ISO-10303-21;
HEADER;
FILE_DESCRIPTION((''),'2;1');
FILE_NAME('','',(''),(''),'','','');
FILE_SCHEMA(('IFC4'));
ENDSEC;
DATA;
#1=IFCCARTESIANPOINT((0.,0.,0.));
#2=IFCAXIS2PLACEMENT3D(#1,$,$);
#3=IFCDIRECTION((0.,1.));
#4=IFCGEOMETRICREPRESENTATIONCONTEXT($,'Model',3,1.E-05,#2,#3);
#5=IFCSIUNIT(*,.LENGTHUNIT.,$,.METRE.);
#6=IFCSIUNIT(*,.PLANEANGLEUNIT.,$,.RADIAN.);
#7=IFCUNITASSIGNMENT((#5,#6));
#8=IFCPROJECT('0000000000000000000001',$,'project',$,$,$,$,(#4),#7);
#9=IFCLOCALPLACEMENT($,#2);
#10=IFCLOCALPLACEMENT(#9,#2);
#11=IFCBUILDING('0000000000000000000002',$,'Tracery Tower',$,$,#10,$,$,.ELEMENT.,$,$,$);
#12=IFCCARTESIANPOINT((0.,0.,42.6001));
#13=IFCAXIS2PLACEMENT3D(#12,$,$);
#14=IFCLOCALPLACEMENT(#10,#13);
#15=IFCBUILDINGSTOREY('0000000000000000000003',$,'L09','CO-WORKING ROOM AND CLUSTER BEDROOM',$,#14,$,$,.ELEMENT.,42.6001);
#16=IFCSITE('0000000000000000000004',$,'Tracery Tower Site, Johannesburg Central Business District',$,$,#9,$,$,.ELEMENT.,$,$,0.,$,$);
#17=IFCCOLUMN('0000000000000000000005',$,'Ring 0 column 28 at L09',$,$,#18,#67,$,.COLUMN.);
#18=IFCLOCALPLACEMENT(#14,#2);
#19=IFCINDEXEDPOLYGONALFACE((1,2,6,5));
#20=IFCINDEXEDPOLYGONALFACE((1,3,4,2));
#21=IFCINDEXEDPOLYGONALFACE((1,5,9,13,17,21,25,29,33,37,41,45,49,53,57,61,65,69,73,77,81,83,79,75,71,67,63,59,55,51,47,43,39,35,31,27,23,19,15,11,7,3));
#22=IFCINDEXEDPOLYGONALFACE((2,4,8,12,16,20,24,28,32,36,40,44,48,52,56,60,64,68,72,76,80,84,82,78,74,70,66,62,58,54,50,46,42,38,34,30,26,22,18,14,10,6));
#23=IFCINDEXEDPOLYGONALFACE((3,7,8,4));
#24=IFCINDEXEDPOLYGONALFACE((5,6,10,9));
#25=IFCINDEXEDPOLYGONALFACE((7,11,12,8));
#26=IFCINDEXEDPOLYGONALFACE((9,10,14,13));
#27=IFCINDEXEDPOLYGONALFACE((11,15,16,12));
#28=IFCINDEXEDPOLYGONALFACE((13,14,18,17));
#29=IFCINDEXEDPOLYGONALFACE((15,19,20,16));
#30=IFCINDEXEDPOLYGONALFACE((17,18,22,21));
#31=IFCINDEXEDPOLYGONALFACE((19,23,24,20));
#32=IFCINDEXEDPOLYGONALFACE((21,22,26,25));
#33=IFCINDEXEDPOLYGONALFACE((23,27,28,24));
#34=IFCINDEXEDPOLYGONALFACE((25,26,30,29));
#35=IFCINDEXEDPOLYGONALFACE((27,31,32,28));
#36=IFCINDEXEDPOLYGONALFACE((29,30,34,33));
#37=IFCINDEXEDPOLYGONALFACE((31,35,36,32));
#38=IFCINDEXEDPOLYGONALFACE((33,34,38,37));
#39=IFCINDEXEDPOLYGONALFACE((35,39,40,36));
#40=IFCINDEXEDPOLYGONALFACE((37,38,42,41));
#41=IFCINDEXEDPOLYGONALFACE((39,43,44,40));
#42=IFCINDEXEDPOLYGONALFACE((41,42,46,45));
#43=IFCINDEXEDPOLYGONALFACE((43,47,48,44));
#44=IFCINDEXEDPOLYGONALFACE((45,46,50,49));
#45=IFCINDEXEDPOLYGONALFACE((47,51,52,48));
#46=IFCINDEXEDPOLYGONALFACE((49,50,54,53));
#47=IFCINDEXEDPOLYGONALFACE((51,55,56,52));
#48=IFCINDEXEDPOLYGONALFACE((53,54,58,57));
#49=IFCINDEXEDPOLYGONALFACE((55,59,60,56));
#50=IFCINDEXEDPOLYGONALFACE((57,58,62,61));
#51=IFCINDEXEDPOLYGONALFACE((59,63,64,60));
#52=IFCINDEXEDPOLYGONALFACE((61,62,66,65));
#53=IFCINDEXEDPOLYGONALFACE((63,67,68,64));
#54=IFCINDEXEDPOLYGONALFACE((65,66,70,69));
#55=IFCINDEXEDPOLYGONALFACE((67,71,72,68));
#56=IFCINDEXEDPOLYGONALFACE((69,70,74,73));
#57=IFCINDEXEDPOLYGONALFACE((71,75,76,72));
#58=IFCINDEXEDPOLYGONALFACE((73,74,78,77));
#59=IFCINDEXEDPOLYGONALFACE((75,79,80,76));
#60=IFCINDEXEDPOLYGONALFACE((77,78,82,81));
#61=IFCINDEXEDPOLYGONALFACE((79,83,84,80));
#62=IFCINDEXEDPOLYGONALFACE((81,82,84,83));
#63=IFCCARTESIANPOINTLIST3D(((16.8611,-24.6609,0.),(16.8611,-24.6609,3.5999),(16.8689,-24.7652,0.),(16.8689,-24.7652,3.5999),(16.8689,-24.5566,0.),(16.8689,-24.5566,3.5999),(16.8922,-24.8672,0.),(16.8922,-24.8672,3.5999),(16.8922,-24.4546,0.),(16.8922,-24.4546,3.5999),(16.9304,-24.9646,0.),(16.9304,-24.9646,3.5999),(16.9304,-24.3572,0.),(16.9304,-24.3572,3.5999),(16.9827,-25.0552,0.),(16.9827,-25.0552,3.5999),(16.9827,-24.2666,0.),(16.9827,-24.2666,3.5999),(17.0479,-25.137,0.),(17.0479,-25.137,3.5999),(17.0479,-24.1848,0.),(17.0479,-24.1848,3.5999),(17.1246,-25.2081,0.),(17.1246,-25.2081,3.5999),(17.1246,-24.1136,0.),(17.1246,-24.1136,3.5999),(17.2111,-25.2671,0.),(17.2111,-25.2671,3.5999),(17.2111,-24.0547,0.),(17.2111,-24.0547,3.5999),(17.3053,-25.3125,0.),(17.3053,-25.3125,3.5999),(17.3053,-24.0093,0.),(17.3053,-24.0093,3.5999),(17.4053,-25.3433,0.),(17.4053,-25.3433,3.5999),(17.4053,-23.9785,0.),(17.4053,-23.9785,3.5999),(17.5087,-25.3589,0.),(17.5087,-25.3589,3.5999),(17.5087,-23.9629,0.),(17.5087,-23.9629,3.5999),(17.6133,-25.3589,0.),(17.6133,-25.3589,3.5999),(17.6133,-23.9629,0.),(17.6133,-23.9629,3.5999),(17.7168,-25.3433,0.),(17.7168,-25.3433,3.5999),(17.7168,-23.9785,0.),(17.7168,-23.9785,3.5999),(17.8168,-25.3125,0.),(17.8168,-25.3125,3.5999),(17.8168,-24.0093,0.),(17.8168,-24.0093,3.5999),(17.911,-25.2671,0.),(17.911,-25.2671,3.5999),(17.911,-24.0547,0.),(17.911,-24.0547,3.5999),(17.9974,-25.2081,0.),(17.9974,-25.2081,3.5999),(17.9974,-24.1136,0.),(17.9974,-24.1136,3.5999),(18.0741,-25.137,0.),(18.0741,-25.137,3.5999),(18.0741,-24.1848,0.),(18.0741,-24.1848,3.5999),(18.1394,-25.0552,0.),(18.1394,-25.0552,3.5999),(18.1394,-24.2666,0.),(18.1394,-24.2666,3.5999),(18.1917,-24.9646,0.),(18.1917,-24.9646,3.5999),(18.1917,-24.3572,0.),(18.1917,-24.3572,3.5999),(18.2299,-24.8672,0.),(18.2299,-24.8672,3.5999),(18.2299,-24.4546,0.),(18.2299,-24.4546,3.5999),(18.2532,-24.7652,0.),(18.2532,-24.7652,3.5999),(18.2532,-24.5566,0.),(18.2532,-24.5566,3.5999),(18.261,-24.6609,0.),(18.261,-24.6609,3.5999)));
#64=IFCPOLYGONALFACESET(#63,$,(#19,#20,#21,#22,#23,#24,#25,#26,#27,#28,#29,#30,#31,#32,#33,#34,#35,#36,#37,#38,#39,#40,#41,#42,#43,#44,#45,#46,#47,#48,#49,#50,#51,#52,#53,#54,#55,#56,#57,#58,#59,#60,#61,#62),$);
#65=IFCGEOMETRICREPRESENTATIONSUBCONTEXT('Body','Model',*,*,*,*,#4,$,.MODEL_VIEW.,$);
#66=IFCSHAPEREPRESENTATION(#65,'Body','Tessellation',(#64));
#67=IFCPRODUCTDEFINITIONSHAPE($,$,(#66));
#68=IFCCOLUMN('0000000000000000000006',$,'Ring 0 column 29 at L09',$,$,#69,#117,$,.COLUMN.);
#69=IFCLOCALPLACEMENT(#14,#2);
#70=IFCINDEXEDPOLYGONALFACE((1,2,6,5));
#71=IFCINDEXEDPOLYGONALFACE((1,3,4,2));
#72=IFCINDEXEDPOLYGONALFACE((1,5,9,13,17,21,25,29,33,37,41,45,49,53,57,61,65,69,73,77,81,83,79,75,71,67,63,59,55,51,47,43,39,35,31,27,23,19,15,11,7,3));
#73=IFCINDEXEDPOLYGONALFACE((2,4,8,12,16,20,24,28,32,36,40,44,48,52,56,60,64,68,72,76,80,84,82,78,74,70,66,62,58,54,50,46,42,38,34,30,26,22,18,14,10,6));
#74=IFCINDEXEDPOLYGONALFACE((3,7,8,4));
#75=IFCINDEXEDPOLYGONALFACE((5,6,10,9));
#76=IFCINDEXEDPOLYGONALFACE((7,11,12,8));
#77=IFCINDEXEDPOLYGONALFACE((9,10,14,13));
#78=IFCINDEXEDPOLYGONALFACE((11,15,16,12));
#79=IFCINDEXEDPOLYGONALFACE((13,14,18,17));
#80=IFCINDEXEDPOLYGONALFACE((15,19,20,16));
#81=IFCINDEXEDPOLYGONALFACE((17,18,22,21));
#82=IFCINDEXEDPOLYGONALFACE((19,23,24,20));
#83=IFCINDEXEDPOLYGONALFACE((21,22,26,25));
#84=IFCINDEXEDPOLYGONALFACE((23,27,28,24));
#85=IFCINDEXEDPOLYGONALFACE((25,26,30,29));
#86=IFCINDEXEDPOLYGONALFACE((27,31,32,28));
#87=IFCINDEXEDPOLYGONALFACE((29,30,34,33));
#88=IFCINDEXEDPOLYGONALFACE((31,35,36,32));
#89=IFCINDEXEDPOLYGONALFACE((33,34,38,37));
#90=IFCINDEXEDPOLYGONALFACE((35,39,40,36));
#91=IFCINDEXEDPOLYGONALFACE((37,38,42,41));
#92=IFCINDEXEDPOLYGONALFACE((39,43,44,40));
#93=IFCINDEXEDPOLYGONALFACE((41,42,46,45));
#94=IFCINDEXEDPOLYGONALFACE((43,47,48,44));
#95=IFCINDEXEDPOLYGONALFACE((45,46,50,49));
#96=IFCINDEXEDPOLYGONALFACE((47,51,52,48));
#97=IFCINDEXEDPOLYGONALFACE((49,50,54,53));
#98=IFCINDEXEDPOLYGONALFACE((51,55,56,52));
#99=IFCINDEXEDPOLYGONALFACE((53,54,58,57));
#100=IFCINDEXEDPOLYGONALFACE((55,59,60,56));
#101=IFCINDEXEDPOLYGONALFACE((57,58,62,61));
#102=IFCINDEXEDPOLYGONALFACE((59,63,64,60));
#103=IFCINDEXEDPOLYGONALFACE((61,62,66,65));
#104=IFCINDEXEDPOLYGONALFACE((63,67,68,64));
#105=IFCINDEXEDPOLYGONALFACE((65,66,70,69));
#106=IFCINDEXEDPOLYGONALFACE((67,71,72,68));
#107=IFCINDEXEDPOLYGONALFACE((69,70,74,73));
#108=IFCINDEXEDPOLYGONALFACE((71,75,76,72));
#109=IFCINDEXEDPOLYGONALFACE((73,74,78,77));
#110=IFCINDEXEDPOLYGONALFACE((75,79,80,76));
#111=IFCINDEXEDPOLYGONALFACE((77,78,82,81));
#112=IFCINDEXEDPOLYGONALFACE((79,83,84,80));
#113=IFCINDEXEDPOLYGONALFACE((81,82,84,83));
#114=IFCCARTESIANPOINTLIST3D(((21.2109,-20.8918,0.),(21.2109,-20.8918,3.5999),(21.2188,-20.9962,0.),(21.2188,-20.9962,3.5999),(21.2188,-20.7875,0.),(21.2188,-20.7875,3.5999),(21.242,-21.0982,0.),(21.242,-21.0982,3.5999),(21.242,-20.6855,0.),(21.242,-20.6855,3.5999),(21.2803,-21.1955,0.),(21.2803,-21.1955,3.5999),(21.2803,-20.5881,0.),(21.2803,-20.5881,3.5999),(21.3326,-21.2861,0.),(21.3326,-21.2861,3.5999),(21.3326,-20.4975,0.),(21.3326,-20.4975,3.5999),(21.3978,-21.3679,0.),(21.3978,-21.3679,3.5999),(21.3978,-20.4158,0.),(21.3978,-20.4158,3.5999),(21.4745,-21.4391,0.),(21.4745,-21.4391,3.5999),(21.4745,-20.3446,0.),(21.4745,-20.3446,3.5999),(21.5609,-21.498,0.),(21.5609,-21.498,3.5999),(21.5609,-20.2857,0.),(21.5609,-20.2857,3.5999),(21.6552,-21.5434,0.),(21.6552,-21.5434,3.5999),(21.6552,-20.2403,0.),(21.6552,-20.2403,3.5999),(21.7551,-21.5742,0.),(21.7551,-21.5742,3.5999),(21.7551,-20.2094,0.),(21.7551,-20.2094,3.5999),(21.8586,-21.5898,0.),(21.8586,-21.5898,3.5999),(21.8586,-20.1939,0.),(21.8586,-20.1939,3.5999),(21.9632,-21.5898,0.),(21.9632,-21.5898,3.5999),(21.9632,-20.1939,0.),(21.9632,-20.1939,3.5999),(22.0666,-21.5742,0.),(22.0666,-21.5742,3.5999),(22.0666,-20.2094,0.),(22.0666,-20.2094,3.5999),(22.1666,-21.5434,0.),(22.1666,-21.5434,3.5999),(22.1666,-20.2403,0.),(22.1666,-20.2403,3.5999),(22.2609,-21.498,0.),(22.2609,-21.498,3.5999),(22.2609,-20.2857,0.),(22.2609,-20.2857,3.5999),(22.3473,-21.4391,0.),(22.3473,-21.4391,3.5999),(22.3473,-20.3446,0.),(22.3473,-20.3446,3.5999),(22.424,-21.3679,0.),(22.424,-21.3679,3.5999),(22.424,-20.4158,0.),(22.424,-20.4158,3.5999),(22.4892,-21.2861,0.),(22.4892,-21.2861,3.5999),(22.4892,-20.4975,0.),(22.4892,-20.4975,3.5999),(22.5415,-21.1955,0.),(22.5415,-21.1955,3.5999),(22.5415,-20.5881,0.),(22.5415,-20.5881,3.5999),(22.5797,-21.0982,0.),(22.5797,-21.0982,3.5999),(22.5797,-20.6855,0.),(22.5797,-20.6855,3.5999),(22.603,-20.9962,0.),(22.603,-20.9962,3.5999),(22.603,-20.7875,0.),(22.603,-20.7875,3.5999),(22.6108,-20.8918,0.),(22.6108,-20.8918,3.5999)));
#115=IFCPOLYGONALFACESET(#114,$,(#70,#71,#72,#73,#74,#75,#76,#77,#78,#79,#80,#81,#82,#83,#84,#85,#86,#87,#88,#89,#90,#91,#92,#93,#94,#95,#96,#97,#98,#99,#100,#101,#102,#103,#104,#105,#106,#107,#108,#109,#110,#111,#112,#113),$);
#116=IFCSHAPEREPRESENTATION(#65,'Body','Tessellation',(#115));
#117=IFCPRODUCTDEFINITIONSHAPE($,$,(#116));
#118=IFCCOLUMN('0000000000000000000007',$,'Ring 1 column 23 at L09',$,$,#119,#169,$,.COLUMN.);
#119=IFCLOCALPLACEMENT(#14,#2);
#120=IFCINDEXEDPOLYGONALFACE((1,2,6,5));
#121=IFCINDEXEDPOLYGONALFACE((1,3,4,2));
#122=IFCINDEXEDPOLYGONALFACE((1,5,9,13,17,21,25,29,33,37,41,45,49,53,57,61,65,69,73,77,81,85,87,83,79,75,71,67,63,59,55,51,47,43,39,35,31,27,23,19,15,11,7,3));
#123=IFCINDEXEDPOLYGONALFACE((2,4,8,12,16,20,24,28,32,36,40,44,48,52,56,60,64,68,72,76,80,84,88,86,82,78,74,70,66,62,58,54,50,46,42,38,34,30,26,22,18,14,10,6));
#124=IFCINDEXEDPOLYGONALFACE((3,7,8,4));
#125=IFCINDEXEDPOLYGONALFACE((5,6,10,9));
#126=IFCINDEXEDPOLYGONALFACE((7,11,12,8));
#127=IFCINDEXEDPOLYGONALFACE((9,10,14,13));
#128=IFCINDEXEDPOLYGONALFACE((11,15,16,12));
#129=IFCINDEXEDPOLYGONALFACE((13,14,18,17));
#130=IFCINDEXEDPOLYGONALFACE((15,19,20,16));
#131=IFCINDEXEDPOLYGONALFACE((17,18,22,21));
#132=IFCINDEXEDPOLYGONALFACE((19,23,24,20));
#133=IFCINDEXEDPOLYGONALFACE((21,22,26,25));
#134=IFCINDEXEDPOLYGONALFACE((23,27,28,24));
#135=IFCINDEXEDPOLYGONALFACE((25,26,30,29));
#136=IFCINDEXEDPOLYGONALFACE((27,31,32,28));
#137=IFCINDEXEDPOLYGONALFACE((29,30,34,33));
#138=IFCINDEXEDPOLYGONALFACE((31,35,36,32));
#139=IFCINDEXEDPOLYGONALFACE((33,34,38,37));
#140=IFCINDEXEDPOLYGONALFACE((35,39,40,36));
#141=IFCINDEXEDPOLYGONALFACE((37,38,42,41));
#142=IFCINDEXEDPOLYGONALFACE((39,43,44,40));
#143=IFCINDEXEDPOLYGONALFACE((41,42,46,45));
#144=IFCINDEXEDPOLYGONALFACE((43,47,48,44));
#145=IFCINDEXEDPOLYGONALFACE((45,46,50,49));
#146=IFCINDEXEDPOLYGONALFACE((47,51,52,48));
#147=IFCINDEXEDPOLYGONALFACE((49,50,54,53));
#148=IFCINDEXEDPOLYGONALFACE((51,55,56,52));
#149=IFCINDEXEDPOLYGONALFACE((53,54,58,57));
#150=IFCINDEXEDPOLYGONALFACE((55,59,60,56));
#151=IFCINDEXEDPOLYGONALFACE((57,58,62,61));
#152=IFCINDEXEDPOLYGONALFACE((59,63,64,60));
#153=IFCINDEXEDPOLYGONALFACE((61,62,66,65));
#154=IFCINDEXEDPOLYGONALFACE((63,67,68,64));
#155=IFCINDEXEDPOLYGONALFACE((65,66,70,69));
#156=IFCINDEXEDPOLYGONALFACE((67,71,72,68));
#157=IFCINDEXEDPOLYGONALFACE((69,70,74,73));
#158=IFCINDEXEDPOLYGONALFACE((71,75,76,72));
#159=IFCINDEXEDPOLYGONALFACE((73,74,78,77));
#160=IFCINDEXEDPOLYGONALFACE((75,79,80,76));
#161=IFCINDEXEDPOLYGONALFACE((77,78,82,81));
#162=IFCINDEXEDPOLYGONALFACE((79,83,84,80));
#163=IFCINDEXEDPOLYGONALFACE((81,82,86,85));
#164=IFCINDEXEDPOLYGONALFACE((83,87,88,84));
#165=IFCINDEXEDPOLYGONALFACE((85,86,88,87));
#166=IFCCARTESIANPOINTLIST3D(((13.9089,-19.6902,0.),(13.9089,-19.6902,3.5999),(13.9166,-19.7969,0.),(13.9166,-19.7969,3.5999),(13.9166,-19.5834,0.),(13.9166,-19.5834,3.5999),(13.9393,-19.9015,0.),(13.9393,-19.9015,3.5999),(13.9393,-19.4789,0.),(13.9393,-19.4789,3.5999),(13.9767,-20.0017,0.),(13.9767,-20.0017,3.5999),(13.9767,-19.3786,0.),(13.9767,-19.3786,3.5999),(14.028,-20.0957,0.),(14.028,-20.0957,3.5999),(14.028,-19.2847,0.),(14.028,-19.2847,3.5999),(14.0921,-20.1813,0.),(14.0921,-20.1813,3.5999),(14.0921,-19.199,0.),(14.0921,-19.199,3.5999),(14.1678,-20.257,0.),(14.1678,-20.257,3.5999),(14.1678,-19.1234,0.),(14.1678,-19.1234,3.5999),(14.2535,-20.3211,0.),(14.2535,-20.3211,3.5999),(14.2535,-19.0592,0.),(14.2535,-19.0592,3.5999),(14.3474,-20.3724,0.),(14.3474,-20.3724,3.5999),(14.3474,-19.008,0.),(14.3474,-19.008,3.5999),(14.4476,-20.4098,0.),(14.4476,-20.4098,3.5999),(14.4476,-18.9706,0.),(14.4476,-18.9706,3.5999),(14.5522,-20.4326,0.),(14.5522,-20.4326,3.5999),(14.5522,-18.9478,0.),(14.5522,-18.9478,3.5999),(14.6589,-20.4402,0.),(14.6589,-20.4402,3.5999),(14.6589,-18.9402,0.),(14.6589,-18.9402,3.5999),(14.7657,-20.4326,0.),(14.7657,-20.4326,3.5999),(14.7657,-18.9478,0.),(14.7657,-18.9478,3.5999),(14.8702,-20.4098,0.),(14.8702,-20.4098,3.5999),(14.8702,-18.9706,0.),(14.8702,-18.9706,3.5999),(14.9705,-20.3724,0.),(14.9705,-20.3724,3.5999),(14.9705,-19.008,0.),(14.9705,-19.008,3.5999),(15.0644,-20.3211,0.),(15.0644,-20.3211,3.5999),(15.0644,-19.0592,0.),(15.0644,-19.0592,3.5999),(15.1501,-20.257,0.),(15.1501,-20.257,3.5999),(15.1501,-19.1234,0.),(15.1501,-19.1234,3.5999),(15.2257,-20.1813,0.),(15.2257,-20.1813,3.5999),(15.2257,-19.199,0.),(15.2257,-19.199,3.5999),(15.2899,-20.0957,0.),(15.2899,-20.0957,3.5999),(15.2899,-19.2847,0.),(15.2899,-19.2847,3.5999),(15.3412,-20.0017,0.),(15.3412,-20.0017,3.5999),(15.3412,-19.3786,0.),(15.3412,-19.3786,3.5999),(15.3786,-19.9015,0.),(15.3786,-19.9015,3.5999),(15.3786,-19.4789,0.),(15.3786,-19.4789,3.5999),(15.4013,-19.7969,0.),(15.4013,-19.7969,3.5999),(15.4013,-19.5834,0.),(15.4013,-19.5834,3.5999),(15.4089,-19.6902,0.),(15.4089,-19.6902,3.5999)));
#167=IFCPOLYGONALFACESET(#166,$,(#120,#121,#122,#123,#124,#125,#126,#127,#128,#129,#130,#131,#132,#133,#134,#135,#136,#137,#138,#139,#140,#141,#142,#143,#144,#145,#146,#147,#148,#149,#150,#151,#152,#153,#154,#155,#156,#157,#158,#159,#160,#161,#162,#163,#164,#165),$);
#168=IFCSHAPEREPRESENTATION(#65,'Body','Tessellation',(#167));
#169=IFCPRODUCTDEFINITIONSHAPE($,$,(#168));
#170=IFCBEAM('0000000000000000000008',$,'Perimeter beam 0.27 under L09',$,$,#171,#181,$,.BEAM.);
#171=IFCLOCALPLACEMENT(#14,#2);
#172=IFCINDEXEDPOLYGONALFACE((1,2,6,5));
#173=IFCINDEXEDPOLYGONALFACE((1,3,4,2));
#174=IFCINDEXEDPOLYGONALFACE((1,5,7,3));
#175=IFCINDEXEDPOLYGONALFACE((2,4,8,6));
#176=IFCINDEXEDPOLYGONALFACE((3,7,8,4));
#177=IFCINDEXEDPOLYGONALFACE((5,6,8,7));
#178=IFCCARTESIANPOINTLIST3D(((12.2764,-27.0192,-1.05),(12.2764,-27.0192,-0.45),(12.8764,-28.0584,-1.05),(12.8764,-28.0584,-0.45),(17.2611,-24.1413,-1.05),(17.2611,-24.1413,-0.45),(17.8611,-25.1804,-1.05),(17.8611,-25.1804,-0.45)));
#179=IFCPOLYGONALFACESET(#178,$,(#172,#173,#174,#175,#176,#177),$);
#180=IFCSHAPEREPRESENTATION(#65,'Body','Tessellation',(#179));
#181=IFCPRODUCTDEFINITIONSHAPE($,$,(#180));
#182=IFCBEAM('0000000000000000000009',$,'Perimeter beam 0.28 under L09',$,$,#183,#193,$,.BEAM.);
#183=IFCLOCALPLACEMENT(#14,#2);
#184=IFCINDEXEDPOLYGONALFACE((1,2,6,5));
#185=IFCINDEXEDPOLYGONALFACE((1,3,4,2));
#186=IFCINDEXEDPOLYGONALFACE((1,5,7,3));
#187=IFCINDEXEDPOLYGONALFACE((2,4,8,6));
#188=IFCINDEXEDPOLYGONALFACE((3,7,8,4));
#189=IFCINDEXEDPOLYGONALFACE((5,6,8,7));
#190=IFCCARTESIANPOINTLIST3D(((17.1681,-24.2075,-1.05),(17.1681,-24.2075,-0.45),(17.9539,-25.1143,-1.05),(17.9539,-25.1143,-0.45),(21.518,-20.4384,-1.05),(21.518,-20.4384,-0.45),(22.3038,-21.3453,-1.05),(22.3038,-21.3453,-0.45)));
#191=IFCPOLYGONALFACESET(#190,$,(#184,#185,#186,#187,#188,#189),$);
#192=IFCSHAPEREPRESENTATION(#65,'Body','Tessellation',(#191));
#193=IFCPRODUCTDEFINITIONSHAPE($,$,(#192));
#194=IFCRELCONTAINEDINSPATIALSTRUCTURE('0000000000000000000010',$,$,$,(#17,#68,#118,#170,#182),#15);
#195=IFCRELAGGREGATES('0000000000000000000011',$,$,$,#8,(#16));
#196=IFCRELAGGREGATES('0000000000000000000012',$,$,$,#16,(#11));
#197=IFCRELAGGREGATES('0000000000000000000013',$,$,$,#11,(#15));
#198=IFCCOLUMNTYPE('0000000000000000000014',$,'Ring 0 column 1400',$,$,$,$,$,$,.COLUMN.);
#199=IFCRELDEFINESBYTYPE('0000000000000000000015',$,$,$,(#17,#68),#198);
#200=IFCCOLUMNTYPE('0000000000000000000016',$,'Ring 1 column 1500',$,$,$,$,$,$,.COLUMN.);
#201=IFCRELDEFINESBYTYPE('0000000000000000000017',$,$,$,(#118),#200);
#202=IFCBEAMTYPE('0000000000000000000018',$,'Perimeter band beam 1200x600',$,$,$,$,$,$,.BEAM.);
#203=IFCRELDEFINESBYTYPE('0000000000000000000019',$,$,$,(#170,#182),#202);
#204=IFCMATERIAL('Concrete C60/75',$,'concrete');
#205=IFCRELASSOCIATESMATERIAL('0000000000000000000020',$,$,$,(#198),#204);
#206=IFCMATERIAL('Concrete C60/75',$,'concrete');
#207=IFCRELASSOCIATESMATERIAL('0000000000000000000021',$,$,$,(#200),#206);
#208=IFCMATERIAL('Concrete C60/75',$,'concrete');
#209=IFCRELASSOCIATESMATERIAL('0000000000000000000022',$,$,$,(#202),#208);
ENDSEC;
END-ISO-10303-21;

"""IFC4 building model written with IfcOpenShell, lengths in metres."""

from ifc_helpers import new_model, si_unit, direction, frame, origin, origin_2d, place, context, subcontext, project, spatial, rectangle, circle, extrude, material, material_profile, profile_set, type_object, element, save


model = new_model("IFC4")

# Units and contexts
model_context = context("Model", 3, precision=1e-05, world=origin(), true_north=direction((0.0, 1.0)))
body_context = subcontext(model_context, "Body", "Model", "MODEL_VIEW")
ifc_project = project(units=[si_unit("LENGTHUNIT", "METRE"), si_unit("PLANEANGLEUNIT", "RADIAN")], contexts=[model_context])

# Site, building, storey
site_placement = place(None, origin())
site = spatial("IfcSite", under=ifc_project, at=site_placement, Name="Tracery Tower Site, Johannesburg Central Business District", CompositionType="ELEMENT", RefElevation=0.0)
building_placement = place(site_placement, origin())
building = spatial("IfcBuilding", under=site, at=building_placement, Name="Tracery Tower", CompositionType="ELEMENT")
storey_placement = place(building_placement, frame((0.0, 0.0, 42.6001)))
storey = spatial("IfcBuildingStorey", under=building, at=storey_placement, Name="L09", Description="CO-WORKING ROOM AND CLUSTER BEDROOM", CompositionType="ELEMENT", Elevation=42.6001)

# Columns
ifc_material_1 = material(Name="Concrete C60/75", Category="concrete")
ifc_material_profile_1 = material_profile(ifc_material_1, circle(Radius=0.7, at=origin_2d()), Name="RC D1400")
ifc_profile_set_1 = profile_set([ifc_material_profile_1], Name="Concrete C60/75")
column_type_1 = type_object("IfcColumnType", Name="Ring 0 column 1400", PredefinedType="COLUMN", material=ifc_profile_set_1)
for number, where, z_axis, x_axis, name in (
    (1, (17.561, -24.6609, 0.0), (0.0, 0.0, 1.0), (1.0, 0.0, 0.0), "Ring 0 column 28 at L09"),
    (2, (21.9109, -20.8918, 0.0), (0.0, 0.0, 1.0), (1.0, 0.0, 0.0), "Ring 0 column 29 at L09"),
):
    element("IfcColumn", number, at=place(storey_placement, frame(where, z_axis=z_axis, x_axis=x_axis)), inside=storey, type_object=column_type_1, Name=name, PredefinedType="COLUMN", context=body_context, shape_type="SweptSolid", body=[
        extrude(circle(Radius=0.7, at=origin_2d()), origin(), (0.0, 0.0, 1.0), 3.5999),
    ])
ifc_material_2 = material(Name="Concrete C60/75", Category="concrete")
ifc_material_profile_2 = material_profile(ifc_material_2, circle(Radius=0.75, at=origin_2d()), Name="RC D1500")
ifc_profile_set_2 = profile_set([ifc_material_profile_2], Name="Concrete C60/75")
column_type_2 = type_object("IfcColumnType", Name="Ring 1 column 1500", PredefinedType="COLUMN", material=ifc_profile_set_2)
column_placement = place(storey_placement, frame((14.6589, -19.6902, 0.0), z_axis=(0.0, 0.0, 1.0), x_axis=(1.0, 0.0, 0.0)))
element("IfcColumn", 3, at=column_placement, inside=storey, type_object=column_type_2, Name="Ring 1 column 23 at L09", PredefinedType="COLUMN", context=body_context, shape_type="SweptSolid", body=[
    extrude(circle(Radius=0.75, at=origin_2d()), origin(), (0.0, 0.0, 1.0), 3.5999),
])

# Beams
ifc_material_3 = material(Name="Concrete C60/75", Category="concrete")
ifc_material_profile_3 = material_profile(ifc_material_3, rectangle(XDim=1.2, YDim=0.6001, at=origin_2d()), Name="RC 1200x600")
ifc_profile_set_3 = profile_set([ifc_material_profile_3], Name="Concrete C60/75")
beam_type = type_object("IfcBeamType", Name="Perimeter band beam 1200x600", PredefinedType="BEAM", material=ifc_profile_set_3)
beam_1_placement = place(storey_placement, frame((12.5764, -27.5388, -0.75), z_axis=(0.866021, 0.500008, 0.0), x_axis=(-0.500008, 0.866021, 0.0)))
element("IfcBeam", 4, at=beam_1_placement, inside=storey, type_object=beam_type, Name="Perimeter beam 0.27 under L09", PredefinedType="BEAM", context=body_context, shape_type="SweptSolid", body=[
    extrude(rectangle(XDim=1.2, YDim=0.6001, at=origin_2d()), origin(), (0.0, 0.0, 1.0), 5.7559),
])
beam_2_placement = place(storey_placement, frame((17.561, -24.6609, -0.75), z_axis=(0.75576, 0.654848, 0.0), x_axis=(-0.654848, 0.75576, 0.0)))
element("IfcBeam", 5, at=beam_2_placement, inside=storey, type_object=beam_type, Name="Perimeter beam 0.28 under L09", PredefinedType="BEAM", context=body_context, shape_type="SweptSolid", body=[
    extrude(rectangle(XDim=1.2, YDim=0.6001, at=origin_2d()), origin(), (0.0, 0.0, 1.0), 5.7556),
])

save(model, "model.ifc")
